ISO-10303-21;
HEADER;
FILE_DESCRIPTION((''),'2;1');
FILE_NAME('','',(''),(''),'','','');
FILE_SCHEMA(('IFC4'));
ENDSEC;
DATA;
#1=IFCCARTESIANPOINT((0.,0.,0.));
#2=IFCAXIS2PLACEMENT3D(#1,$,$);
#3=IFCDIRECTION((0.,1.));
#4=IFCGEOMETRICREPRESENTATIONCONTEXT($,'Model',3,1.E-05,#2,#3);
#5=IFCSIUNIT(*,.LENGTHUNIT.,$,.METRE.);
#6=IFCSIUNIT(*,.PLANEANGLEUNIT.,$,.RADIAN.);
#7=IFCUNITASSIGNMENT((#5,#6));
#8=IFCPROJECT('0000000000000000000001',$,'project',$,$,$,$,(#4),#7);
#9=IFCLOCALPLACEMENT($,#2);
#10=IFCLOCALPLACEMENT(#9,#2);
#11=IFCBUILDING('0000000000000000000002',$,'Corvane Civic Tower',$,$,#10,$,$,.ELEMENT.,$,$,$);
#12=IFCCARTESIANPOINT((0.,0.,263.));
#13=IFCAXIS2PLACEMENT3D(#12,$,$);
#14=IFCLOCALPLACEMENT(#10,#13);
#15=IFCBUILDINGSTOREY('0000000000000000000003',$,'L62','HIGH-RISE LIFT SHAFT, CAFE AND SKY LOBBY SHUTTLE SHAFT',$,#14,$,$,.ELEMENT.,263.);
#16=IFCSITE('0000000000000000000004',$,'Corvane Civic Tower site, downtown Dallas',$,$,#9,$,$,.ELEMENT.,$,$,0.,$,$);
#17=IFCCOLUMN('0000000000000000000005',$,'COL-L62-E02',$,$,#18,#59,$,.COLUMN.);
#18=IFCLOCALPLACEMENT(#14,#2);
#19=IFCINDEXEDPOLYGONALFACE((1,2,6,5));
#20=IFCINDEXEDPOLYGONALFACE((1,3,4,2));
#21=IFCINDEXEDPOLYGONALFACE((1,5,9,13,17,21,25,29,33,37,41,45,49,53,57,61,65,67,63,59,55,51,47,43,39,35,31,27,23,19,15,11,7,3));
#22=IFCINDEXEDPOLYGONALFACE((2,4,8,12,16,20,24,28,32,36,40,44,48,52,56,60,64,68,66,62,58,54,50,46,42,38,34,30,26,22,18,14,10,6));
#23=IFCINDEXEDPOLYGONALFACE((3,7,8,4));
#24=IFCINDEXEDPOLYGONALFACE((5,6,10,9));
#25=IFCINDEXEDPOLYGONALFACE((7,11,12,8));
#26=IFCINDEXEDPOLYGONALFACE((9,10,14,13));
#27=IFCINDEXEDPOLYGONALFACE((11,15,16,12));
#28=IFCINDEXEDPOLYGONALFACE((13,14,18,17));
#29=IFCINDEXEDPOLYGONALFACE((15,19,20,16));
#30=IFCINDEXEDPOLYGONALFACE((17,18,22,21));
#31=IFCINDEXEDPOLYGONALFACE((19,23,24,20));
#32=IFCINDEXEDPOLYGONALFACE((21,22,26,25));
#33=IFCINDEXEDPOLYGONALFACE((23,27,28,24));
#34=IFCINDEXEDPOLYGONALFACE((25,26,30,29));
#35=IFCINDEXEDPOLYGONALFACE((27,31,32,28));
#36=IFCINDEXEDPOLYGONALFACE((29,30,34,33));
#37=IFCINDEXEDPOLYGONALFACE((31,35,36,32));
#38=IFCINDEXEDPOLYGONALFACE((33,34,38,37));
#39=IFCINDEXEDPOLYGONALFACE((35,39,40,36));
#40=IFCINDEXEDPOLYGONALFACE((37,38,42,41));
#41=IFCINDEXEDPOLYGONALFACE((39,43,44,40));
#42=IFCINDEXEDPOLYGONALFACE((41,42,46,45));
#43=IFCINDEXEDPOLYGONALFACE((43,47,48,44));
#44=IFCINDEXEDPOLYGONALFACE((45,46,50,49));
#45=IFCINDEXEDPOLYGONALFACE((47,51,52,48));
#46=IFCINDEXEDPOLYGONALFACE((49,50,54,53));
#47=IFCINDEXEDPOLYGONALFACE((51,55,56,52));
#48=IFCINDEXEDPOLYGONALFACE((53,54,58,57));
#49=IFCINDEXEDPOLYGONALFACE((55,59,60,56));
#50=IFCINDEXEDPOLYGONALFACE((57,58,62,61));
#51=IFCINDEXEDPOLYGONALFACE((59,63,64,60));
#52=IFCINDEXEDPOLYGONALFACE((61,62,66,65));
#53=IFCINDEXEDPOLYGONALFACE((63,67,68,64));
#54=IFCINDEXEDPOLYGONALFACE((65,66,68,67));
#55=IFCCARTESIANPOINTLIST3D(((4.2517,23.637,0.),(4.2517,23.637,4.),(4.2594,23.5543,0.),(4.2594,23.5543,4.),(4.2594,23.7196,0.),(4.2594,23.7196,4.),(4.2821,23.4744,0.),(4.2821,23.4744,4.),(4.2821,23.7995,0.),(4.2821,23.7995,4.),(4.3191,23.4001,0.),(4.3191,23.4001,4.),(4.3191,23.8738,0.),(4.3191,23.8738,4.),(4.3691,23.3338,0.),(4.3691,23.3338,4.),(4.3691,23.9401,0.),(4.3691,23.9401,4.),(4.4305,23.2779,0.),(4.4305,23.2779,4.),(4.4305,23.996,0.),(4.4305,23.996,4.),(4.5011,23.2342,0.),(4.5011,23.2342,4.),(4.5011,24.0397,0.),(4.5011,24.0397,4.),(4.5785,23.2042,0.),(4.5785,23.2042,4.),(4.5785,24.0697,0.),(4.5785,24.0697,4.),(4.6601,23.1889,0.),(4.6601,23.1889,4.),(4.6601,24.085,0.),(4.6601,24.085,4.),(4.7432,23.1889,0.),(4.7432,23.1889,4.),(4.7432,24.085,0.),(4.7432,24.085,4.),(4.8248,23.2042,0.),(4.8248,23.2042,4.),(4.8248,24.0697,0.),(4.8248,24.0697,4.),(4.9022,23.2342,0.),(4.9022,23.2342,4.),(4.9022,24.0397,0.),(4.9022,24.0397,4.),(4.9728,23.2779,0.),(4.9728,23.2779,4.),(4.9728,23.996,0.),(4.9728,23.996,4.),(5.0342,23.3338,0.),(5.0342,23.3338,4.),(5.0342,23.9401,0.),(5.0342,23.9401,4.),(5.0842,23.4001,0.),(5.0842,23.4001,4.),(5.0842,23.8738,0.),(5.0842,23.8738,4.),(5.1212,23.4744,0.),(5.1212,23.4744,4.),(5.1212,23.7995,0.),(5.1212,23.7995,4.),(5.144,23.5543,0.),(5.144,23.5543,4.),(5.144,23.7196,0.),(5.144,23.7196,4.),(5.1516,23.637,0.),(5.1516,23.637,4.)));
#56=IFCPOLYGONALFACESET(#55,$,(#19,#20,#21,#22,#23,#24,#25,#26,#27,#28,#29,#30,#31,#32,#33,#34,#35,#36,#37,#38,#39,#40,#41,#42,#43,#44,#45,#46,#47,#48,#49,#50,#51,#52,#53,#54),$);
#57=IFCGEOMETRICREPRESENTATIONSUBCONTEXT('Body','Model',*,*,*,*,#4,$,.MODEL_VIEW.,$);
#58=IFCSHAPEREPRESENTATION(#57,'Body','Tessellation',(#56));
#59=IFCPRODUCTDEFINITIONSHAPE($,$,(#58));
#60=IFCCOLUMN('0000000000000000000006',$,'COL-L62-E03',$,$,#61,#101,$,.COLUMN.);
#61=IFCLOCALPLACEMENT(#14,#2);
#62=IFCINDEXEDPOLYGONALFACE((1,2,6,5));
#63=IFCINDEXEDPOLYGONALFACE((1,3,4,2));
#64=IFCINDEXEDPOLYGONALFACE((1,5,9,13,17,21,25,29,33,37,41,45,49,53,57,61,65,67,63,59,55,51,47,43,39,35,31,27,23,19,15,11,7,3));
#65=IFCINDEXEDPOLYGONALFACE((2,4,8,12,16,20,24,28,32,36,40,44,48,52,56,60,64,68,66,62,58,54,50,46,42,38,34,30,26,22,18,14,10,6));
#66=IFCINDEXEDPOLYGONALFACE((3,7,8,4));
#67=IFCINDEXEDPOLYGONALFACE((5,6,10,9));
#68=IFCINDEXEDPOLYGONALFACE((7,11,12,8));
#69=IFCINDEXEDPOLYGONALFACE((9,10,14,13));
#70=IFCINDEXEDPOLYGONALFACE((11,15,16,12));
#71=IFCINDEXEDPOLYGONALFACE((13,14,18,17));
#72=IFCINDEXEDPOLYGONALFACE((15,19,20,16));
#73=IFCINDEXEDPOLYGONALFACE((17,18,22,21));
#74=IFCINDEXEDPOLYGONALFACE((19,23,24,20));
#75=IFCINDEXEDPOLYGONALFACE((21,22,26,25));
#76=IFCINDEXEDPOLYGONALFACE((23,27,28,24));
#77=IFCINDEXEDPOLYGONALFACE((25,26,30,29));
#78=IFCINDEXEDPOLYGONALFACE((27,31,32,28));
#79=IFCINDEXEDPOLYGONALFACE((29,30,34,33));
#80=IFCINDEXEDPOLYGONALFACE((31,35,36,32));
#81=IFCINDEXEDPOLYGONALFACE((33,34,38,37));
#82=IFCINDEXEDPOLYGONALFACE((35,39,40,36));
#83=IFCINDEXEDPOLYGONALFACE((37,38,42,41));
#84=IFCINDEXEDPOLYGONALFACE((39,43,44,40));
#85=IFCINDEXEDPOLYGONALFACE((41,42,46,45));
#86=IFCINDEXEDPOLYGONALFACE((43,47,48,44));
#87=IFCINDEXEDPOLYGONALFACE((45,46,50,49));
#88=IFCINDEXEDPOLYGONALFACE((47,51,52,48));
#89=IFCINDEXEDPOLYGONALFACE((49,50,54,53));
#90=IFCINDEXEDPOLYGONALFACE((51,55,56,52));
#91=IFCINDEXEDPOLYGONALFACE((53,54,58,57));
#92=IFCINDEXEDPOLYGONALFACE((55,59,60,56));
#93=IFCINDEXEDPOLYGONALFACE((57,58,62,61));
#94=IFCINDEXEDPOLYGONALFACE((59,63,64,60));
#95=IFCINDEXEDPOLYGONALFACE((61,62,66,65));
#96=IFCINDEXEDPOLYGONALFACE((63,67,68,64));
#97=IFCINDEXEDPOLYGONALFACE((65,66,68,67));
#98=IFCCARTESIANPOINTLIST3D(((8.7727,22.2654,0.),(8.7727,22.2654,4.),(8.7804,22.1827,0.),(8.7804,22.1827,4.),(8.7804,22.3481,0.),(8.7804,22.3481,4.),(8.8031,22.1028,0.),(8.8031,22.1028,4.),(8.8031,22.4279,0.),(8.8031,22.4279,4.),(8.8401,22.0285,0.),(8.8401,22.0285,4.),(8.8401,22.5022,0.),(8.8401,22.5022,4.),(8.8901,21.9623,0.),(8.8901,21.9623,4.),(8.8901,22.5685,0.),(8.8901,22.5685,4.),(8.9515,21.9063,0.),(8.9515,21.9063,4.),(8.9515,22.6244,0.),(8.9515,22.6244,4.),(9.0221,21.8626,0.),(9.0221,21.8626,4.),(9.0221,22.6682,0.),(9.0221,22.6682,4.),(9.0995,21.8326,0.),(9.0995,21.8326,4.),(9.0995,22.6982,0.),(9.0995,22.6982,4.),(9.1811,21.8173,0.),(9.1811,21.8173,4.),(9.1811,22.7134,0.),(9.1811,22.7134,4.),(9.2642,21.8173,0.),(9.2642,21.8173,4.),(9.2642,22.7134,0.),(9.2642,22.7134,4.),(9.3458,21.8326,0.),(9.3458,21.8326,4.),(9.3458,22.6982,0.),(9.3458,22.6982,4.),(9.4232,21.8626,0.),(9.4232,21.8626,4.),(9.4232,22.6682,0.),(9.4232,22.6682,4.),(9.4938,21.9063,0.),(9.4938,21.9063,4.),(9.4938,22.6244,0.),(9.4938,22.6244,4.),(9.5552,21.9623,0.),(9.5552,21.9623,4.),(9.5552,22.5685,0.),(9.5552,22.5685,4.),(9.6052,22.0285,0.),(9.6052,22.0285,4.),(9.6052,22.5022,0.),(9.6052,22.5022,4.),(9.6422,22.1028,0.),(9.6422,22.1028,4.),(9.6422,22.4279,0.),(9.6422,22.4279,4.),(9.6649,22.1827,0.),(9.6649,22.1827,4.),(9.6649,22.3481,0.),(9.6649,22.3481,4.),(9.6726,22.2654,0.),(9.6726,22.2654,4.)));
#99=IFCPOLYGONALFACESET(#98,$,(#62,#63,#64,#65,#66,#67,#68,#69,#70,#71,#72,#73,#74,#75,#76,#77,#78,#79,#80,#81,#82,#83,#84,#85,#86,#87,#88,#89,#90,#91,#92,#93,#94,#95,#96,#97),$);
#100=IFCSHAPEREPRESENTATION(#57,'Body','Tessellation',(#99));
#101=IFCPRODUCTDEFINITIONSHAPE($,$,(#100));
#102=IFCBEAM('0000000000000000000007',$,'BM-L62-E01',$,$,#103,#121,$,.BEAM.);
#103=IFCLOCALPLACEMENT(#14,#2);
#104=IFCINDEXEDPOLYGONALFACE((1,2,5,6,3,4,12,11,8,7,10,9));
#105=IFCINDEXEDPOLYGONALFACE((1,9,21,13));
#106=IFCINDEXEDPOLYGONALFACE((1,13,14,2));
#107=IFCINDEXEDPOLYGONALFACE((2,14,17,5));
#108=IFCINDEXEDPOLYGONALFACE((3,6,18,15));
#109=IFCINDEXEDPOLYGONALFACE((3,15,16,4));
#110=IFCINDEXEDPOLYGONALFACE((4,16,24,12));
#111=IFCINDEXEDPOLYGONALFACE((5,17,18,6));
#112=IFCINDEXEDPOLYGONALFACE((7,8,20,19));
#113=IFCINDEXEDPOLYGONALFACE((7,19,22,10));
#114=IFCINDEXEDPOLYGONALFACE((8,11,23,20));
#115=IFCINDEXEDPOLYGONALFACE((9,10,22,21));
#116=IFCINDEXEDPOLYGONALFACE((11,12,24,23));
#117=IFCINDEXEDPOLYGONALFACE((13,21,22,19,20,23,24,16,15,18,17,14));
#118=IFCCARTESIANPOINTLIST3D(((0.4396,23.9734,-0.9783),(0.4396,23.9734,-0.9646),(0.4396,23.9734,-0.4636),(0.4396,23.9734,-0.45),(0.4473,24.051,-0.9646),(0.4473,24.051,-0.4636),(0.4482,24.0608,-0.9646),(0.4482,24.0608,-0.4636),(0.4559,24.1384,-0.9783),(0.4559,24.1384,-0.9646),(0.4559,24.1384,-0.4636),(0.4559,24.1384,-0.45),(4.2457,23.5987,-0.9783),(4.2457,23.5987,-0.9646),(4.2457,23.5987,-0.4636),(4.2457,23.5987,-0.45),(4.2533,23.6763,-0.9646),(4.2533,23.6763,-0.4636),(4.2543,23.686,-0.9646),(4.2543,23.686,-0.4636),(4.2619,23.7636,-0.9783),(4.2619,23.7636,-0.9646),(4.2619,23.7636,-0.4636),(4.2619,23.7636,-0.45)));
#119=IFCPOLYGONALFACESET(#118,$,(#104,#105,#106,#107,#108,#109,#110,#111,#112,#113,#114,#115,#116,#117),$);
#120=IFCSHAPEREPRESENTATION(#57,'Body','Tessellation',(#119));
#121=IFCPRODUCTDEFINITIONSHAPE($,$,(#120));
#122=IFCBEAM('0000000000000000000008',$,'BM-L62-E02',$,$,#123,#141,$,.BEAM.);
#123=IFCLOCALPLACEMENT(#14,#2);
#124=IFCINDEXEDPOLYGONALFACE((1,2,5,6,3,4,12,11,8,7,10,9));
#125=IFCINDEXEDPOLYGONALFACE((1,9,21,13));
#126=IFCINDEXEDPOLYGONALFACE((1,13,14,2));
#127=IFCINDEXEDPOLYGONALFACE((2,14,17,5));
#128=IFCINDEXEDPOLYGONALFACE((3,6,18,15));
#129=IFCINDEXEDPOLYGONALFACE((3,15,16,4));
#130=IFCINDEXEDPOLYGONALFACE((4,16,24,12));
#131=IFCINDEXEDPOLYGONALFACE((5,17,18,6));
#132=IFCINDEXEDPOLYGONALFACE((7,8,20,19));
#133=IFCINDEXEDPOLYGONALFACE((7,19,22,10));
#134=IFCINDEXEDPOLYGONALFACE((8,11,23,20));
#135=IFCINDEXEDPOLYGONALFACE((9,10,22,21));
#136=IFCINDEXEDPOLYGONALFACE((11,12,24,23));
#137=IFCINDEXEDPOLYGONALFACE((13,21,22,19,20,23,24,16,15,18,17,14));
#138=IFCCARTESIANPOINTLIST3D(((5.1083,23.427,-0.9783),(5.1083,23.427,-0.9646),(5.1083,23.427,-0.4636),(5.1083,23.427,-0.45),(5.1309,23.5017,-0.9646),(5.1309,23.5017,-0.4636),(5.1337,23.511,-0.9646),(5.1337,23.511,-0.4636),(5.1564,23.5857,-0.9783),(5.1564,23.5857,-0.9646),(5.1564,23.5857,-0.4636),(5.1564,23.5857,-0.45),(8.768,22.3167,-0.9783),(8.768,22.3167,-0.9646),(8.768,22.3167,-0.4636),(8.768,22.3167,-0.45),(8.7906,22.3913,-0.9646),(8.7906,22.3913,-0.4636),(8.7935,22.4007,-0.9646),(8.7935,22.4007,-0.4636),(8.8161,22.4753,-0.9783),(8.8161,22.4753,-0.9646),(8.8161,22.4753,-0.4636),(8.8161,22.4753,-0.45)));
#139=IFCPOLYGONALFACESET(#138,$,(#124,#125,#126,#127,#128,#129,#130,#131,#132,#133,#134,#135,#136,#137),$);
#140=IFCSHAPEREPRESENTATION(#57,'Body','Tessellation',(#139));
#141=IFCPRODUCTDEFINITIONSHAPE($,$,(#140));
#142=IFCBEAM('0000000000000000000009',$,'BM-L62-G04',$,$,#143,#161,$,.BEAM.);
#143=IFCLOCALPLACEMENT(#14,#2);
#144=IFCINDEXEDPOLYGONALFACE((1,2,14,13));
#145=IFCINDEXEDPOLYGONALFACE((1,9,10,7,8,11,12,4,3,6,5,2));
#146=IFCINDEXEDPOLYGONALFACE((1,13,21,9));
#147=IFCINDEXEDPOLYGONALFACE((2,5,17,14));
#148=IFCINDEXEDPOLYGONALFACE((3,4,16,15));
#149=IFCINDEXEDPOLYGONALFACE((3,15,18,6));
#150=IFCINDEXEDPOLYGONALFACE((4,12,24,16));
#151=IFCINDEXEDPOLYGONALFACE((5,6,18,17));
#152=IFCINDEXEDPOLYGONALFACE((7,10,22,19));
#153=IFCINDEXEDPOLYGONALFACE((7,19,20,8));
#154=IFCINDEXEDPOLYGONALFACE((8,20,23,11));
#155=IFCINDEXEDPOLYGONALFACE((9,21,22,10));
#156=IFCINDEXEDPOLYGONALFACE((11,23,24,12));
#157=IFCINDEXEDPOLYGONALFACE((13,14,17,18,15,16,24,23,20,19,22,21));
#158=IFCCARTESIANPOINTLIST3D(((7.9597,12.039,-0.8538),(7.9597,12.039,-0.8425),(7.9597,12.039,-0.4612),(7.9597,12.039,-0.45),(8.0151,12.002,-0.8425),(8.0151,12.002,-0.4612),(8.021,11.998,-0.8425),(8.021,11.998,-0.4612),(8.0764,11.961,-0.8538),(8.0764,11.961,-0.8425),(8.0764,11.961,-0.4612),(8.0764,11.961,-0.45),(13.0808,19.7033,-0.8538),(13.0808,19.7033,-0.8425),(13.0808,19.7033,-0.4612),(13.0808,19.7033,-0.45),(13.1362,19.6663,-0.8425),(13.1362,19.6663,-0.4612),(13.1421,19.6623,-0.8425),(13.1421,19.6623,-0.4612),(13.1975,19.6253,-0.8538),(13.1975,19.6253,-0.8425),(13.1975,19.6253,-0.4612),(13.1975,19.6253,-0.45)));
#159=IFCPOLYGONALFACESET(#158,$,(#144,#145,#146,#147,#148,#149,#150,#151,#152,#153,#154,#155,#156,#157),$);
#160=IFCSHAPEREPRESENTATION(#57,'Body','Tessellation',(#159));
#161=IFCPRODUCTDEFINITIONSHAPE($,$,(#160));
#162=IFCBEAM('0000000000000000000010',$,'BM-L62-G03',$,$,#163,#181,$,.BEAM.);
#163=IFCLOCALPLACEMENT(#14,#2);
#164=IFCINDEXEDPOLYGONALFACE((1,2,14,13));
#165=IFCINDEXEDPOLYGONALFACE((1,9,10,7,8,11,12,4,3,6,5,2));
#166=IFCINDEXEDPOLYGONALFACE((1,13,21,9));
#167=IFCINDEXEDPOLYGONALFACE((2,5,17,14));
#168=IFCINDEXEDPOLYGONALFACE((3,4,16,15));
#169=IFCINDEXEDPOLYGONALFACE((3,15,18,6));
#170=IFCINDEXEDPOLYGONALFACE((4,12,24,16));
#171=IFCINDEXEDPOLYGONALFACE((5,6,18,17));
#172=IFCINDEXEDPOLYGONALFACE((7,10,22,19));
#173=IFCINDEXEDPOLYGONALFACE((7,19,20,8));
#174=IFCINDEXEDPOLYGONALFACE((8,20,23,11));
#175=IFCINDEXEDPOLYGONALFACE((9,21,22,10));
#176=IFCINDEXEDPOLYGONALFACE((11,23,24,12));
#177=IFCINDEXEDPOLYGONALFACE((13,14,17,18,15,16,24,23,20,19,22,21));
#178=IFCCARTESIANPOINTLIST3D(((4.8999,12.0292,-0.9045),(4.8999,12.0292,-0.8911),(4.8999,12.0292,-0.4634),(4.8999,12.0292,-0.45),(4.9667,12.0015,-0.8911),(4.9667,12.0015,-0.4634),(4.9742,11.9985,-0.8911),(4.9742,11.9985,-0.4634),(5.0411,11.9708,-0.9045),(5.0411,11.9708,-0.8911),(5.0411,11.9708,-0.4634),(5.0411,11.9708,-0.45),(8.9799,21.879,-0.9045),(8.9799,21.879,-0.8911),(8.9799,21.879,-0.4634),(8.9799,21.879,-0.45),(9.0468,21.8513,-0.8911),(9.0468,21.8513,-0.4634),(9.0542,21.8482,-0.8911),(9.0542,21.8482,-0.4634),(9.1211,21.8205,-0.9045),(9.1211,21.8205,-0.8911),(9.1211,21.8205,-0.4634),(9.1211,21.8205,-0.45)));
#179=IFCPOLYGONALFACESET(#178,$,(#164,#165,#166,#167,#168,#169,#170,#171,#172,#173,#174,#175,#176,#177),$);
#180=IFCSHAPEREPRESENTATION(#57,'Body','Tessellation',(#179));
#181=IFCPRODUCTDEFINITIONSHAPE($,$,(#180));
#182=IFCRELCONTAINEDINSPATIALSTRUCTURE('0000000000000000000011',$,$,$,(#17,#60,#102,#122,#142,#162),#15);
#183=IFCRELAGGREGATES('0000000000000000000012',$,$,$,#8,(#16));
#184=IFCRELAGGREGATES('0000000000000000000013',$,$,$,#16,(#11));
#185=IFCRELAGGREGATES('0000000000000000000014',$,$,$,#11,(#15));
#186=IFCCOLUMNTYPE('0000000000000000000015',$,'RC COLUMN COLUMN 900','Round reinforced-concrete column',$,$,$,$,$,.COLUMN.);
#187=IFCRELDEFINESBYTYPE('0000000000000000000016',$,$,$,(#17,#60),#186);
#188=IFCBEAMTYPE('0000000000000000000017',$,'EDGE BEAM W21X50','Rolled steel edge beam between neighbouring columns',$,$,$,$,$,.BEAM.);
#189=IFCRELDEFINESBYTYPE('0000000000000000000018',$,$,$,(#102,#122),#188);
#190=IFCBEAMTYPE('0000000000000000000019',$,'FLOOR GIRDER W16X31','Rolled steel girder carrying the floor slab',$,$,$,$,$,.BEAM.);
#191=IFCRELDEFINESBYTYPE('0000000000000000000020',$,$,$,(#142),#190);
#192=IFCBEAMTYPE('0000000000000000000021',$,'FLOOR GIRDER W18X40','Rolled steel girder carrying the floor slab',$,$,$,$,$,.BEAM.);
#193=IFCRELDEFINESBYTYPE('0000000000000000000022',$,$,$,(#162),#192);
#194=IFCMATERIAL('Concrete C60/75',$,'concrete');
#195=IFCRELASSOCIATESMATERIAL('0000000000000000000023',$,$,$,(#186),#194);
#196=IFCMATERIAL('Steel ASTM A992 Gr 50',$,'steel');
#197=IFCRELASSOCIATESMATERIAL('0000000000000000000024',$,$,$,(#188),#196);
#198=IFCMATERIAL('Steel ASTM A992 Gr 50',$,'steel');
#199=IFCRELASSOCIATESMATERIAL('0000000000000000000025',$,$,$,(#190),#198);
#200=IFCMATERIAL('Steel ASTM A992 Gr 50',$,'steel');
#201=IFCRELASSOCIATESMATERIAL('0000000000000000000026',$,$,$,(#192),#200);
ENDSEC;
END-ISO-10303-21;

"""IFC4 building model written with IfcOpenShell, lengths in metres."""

from ifc_helpers import new_model, si_unit, direction, frame, origin, origin_2d, place, context, subcontext, project, spatial, circle, i_section, extrude, material, material_profile, profile_set, type_object, element, save


model = new_model("IFC4")

# Units and contexts
model_context = context("Model", 3, precision=1e-05, world=origin(), true_north=direction((0.0, 1.0)))
body_context = subcontext(model_context, "Body", "Model", "MODEL_VIEW")
ifc_project = project(units=[si_unit("LENGTHUNIT", "METRE"), si_unit("PLANEANGLEUNIT", "RADIAN")], contexts=[model_context])

# Site, building, storey
site_placement = place(None, origin())
site = spatial("IfcSite", under=ifc_project, at=site_placement, Name="Corvane Civic Tower site, downtown Dallas", CompositionType="ELEMENT", RefElevation=0.0)
building_placement = place(site_placement, origin())
building = spatial("IfcBuilding", under=site, at=building_placement, Name="Corvane Civic Tower", CompositionType="ELEMENT")
storey_placement = place(building_placement, frame((0.0, 0.0, 263.0)))
storey = spatial("IfcBuildingStorey", under=building, at=storey_placement, Name="L62", Description="HIGH-RISE LIFT SHAFT, CAFE AND SKY LOBBY SHUTTLE SHAFT", CompositionType="ELEMENT", Elevation=263.0)

# Columns
ifc_material_1 = material(Name="Concrete C60/75", Category="concrete")
ifc_material_profile_1 = material_profile(ifc_material_1, circle(Radius=0.45, at=origin_2d()), Name="COLUMN 900")
ifc_profile_set_1 = profile_set([ifc_material_profile_1], Name="Concrete C60/75")
column_type = type_object("IfcColumnType", Name="RC COLUMN COLUMN 900", Description="Round reinforced-concrete column", PredefinedType="COLUMN", material=ifc_profile_set_1)
for number, where, z_axis, x_axis, name in (
    (1, (4.7017, 23.637, 0.0), (0.0, 0.0, 1.0), (1.0, 0.0, 0.0), "COL-L62-E02"),
    (2, (9.2227, 22.2654, 0.0), (0.0, 0.0, 1.0), (1.0, 0.0, 0.0), "COL-L62-E03"),
):
    element("IfcColumn", number, at=place(storey_placement, frame(where, z_axis=z_axis, x_axis=x_axis)), inside=storey, type_object=column_type, Name=name, PredefinedType="COLUMN", context=body_context, shape_type="SweptSolid", body=[
        extrude(circle(Radius=0.45, at=origin_2d()), origin(), (0.0, 0.0, 1.0), 4.0),
    ])

# Beams
ifc_material_2 = material(Name="Steel ASTM A992 Gr 50", Category="steel")
ifc_material_profile_2 = material_profile(ifc_material_2, i_section(OverallWidth=0.1658, OverallDepth=0.5283, WebThickness=0.0098, FlangeThickness=0.0137, at=origin_2d()), Name="W21X50")
ifc_profile_set_2 = profile_set([ifc_material_profile_2], Name="Steel ASTM A992 Gr 50")
beam_type_1 = type_object("IfcBeamType", Name="EDGE BEAM W21X50", Description="Rolled steel edge beam between neighbouring columns", PredefinedType="BEAM", material=ifc_profile_set_2)
for number, where, z_axis, x_axis, name in (
    (3, (0.4478, 24.0559, -0.7141), (0.995188, -0.097987, 0.0), (0.097987, 0.995188, 0.0), "BM-L62-E01"),
    (4, (5.1323, 23.5063, -0.7141), (0.956926, -0.290333, 0.0), (0.290333, 0.956926, 0.0), "BM-L62-E02"),
):
    element("IfcBeam", number, at=place(storey_placement, frame(where, z_axis=z_axis, x_axis=x_axis)), inside=storey, type_object=beam_type_1, Name=name, PredefinedType="BEAM", context=body_context, shape_type="SweptSolid", body=[
        extrude(i_section(OverallWidth=0.1658, OverallDepth=0.5283, WebThickness=0.0098, FlangeThickness=0.0137, at=origin_2d()), origin(), (0.0, 0.0, 1.0), 3.8245),
    ])
ifc_material_3 = material(Name="Steel ASTM A992 Gr 50", Category="steel")
ifc_material_profile_3 = material_profile(ifc_material_3, i_section(OverallWidth=0.1404, OverallDepth=0.4038, WebThickness=0.0071, FlangeThickness=0.0112, at=origin_2d()), Name="W16X31")
ifc_profile_set_3 = profile_set([ifc_material_profile_3], Name="Steel ASTM A992 Gr 50")
beam_type_2 = type_object("IfcBeamType", Name="FLOOR GIRDER W16X31", Description="Rolled steel girder carrying the floor slab", PredefinedType="BEAM", material=ifc_profile_set_3)
beam_1_placement = place(storey_placement, frame((8.0181, 12.0, -0.6519), z_axis=(0.555568, 0.831471, 0.0), x_axis=(-0.831471, 0.555568, 0.0)))
element("IfcBeam", 5, at=beam_1_placement, inside=storey, type_object=beam_type_2, Name="BM-L62-G04", PredefinedType="BEAM", context=body_context, shape_type="SweptSolid", body=[
    extrude(i_section(OverallWidth=0.1404, OverallDepth=0.4038, WebThickness=0.0071, FlangeThickness=0.0112, at=origin_2d()), origin(), (0.0, 0.0, 1.0), 9.2178),
])
ifc_material_4 = material(Name="Steel ASTM A992 Gr 50", Category="steel")
ifc_material_profile_4 = material_profile(ifc_material_4, i_section(OverallWidth=0.1528, OverallDepth=0.4546, WebThickness=0.0081, FlangeThickness=0.0134, at=origin_2d()), Name="W18X40")
ifc_profile_set_4 = profile_set([ifc_material_profile_4], Name="Steel ASTM A992 Gr 50")
beam_type_3 = type_object("IfcBeamType", Name="FLOOR GIRDER W18X40", Description="Rolled steel girder carrying the floor slab", PredefinedType="BEAM", material=ifc_profile_set_4)
beam_2_placement = place(storey_placement, frame((4.9705, 12.0, -0.6772), z_axis=(0.382694, 0.923875, 0.0), x_axis=(-0.923875, 0.382694, 0.0)))
element("IfcBeam", 6, at=beam_2_placement, inside=storey, type_object=beam_type_3, Name="BM-L62-G03", PredefinedType="BEAM", context=body_context, shape_type="SweptSolid", body=[
    extrude(i_section(OverallWidth=0.1528, OverallDepth=0.4546, WebThickness=0.0081, FlangeThickness=0.0134, at=origin_2d()), origin(), (0.0, 0.0, 1.0), 10.6614),
])

save(model, "model.ifc")
